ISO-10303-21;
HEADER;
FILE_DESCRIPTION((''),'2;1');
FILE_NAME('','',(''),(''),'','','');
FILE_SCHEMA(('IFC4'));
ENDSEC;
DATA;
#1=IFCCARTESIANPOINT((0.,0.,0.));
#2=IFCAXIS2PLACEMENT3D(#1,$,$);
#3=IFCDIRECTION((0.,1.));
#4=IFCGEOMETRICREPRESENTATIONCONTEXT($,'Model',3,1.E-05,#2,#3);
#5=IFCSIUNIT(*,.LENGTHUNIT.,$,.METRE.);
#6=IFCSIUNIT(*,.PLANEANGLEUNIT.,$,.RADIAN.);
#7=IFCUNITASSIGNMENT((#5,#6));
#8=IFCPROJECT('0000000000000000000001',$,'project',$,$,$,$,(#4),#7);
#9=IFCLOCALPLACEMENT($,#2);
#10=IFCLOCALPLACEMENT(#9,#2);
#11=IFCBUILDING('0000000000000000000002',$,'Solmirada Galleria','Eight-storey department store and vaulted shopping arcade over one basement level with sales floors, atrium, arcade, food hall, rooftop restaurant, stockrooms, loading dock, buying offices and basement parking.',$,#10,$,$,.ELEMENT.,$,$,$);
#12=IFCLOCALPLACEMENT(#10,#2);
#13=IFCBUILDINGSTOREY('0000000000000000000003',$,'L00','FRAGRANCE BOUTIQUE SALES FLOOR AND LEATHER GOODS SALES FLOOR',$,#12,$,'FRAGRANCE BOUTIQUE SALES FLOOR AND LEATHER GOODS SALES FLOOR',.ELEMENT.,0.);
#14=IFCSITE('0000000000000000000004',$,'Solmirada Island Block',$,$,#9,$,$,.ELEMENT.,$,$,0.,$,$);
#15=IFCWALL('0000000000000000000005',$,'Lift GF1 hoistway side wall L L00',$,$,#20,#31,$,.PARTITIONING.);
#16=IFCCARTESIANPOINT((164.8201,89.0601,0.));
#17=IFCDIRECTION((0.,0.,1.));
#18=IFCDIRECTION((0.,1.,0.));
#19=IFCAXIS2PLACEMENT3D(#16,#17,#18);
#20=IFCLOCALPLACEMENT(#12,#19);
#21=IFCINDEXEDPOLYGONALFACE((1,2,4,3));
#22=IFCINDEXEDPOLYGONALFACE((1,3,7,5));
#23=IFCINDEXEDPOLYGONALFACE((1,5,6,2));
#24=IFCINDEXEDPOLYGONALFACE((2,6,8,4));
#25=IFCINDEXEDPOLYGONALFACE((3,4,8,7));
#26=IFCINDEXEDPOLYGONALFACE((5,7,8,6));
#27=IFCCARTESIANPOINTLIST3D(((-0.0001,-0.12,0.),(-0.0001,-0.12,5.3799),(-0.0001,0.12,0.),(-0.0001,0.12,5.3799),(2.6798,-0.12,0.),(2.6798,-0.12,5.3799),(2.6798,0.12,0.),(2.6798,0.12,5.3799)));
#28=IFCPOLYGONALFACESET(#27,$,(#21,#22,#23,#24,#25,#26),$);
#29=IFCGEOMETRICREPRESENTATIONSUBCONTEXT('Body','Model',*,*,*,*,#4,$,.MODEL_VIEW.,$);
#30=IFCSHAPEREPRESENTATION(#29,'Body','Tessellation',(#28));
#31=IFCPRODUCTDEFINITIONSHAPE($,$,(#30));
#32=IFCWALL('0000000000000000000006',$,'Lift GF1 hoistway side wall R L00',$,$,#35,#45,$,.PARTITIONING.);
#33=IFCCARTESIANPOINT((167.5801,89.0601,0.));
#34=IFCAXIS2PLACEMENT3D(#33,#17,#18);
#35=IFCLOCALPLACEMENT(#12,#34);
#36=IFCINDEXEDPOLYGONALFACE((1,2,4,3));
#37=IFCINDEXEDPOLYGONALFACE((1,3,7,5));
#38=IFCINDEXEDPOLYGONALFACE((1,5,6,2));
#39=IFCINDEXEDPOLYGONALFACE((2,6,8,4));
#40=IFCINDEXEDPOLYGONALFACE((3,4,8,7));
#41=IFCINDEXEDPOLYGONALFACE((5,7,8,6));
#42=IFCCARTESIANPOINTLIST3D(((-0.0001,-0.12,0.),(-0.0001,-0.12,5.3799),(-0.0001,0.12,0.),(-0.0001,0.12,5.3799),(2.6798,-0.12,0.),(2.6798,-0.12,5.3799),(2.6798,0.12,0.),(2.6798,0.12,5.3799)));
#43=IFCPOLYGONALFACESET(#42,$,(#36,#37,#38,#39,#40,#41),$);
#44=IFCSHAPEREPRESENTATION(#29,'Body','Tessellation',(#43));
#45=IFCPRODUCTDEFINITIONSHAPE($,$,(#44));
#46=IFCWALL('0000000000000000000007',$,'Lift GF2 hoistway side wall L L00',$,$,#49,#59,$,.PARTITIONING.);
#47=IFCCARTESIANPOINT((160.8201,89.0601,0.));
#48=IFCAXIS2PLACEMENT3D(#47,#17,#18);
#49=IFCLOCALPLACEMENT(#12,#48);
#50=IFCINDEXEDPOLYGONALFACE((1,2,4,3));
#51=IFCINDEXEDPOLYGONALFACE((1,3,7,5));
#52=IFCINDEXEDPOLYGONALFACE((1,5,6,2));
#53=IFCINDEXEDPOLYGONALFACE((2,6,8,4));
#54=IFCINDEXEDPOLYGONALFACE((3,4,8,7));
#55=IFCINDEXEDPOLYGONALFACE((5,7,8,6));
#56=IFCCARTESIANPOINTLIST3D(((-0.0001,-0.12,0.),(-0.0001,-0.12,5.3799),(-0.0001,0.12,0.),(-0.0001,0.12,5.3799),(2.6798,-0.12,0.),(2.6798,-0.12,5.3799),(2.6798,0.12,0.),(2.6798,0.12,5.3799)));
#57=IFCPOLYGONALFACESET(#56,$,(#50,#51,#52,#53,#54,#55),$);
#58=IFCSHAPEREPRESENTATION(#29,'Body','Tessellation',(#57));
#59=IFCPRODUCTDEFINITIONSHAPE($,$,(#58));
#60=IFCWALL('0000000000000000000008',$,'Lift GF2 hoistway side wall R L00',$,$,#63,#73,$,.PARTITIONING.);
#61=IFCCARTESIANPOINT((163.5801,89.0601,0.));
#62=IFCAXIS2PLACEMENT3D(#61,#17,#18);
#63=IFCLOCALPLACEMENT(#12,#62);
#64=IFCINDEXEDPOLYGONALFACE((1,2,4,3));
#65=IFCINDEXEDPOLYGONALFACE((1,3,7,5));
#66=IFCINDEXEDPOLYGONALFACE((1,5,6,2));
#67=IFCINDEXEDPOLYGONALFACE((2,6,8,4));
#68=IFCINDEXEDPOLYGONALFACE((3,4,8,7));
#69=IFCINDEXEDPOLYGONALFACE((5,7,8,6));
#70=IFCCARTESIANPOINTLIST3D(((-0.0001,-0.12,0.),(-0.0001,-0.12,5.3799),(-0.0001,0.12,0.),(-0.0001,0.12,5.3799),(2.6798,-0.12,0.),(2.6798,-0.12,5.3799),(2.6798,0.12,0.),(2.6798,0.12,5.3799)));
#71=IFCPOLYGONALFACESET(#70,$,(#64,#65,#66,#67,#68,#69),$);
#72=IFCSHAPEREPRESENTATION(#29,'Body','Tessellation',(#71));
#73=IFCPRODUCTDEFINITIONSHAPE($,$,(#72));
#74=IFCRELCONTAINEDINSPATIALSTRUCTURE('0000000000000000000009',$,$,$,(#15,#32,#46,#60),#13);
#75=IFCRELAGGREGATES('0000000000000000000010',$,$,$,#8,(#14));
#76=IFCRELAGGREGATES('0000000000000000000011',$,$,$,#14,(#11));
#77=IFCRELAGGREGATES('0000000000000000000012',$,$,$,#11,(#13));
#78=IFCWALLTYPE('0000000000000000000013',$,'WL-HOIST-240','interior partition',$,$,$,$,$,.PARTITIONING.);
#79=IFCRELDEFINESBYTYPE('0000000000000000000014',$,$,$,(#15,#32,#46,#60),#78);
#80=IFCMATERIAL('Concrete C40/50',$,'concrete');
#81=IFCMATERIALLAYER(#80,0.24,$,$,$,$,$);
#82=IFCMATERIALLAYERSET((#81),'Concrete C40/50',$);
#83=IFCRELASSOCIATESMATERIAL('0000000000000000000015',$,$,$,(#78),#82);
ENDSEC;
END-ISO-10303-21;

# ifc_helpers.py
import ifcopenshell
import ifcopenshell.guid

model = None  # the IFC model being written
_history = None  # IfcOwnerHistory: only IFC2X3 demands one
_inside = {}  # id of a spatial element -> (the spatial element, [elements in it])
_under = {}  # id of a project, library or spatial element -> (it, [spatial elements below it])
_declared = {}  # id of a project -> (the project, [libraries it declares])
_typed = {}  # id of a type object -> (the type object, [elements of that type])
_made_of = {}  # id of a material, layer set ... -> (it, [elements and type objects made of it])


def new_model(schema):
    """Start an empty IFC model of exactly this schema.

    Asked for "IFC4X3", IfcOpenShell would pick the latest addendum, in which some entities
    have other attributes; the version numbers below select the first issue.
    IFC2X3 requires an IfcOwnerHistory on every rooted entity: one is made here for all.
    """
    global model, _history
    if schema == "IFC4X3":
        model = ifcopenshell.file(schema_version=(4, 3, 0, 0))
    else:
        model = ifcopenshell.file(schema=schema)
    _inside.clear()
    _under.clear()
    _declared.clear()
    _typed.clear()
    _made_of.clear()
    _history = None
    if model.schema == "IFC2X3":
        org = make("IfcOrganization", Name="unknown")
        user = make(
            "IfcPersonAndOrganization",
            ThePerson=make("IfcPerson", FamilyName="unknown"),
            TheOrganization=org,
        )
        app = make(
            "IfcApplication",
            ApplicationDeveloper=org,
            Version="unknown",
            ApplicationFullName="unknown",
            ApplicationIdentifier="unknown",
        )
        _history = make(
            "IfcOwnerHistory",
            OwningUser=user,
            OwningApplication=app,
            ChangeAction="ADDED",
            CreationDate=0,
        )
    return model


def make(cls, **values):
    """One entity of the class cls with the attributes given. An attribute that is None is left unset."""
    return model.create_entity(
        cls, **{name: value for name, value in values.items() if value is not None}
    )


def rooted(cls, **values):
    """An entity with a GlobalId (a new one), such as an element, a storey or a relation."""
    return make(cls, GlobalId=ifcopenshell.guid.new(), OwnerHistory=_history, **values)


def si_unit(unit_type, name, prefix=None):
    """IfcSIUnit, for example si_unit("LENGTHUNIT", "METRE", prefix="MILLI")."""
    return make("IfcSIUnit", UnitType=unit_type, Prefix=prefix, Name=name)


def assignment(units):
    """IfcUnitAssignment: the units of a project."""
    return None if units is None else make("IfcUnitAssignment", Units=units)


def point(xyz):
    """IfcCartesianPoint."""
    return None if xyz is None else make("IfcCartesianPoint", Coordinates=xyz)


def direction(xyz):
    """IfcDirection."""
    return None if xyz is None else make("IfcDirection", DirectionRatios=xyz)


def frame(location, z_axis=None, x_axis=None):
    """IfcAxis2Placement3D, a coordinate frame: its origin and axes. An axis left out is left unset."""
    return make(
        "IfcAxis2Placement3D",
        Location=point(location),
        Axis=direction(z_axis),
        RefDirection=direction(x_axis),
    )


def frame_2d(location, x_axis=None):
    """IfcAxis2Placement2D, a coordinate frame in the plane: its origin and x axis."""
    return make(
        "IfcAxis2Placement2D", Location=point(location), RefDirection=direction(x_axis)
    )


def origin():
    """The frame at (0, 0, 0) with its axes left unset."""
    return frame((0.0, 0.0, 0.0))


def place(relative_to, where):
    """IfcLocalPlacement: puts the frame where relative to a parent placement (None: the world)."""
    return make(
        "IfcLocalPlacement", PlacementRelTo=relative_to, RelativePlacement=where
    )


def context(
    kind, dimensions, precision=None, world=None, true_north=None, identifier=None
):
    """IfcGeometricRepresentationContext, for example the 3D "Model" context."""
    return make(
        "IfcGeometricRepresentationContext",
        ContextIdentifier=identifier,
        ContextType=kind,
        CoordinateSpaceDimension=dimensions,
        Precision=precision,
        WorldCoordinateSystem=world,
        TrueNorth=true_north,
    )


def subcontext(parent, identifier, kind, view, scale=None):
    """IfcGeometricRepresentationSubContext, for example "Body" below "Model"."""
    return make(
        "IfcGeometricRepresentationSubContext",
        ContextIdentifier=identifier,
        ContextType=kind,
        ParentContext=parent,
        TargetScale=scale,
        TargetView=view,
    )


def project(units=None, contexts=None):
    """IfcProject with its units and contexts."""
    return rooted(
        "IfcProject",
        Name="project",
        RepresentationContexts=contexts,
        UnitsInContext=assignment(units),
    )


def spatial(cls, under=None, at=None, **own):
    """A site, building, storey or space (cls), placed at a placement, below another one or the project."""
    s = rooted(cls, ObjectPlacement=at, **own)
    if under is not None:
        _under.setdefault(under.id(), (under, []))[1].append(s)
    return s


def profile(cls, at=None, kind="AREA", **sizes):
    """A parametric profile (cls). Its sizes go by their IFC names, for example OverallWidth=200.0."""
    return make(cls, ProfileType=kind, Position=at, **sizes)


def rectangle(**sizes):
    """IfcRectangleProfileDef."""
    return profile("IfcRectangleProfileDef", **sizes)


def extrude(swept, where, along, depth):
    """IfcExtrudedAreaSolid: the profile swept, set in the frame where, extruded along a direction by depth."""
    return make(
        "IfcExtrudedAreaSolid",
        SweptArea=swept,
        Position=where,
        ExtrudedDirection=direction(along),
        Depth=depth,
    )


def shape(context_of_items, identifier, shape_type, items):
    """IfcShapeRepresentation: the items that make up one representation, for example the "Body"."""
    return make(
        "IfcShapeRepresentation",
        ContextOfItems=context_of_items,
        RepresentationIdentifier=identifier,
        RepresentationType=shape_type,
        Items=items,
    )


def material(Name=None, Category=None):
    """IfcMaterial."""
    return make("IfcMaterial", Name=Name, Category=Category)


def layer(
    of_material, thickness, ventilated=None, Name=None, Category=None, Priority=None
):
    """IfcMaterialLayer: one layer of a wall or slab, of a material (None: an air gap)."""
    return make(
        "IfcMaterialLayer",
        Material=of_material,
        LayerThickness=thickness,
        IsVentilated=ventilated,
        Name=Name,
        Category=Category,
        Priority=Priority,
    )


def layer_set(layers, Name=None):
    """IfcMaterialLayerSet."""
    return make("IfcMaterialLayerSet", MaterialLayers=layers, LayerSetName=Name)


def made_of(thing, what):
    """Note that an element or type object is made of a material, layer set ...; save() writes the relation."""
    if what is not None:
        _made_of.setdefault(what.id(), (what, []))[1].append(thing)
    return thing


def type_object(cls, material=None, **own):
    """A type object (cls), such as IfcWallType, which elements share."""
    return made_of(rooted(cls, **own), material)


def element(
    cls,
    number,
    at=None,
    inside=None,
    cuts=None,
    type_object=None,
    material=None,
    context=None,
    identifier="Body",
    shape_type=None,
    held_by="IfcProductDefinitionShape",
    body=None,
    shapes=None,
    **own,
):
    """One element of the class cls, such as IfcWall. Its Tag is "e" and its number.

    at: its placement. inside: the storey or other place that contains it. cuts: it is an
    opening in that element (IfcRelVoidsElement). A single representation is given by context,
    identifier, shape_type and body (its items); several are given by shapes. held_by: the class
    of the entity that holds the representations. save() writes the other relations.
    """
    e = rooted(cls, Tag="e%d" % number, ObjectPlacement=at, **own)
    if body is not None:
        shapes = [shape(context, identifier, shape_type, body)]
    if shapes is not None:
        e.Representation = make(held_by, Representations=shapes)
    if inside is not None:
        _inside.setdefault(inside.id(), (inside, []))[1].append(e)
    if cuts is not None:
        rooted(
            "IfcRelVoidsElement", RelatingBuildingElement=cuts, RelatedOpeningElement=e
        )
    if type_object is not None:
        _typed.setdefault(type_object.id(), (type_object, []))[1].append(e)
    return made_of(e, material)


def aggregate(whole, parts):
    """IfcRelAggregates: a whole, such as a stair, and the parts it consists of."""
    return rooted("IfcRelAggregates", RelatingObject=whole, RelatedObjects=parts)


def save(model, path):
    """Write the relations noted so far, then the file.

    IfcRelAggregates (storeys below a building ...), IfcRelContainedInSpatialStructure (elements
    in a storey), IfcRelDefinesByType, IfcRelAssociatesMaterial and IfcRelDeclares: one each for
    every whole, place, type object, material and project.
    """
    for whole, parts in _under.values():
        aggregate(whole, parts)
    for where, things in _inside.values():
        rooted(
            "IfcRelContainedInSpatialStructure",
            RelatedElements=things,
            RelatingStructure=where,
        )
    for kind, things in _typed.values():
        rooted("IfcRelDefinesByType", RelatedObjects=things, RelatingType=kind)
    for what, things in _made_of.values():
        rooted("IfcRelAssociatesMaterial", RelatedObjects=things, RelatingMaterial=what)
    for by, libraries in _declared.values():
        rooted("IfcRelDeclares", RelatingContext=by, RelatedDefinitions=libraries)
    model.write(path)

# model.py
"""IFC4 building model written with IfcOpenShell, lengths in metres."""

from ifc_helpers import new_model, si_unit, direction, frame, frame_2d, origin, place, context, subcontext, project, spatial, rectangle, extrude, material, layer, layer_set, type_object, element, save


model = new_model("IFC4")

# Units and contexts
model_context = context("Model", 3, precision=1e-05, world=origin(), true_north=direction((0.0, 1.0)))
body_context = subcontext(model_context, "Body", "Model", "MODEL_VIEW")
ifc_project = project(units=[si_unit("LENGTHUNIT", "METRE"), si_unit("PLANEANGLEUNIT", "RADIAN")], contexts=[model_context])

# Site, building, storey
site_placement = place(None, origin())
site = spatial("IfcSite", under=ifc_project, at=site_placement, Name="Solmirada Island Block", CompositionType="ELEMENT", RefElevation=0.0)
building_placement = place(site_placement, origin())
building = spatial("IfcBuilding", under=site, at=building_placement, Name="Solmirada Galleria", Description="Eight-storey department store and vaulted shopping arcade over one basement level with sales floors, atrium, arcade, food hall, rooftop restaurant, stockrooms, loading dock, buying offices and basement parking.", CompositionType="ELEMENT")
storey_placement = place(building_placement, origin())
storey = spatial("IfcBuildingStorey", under=building, at=storey_placement, Name="L00", Description="FRAGRANCE BOUTIQUE SALES FLOOR AND LEATHER GOODS SALES FLOOR", LongName="FRAGRANCE BOUTIQUE SALES FLOOR AND LEATHER GOODS SALES FLOOR", CompositionType="ELEMENT", Elevation=0.0)

# Shared definitions
ifc_material_1 = material(Name="Concrete C40/50", Category="concrete")

# Shared definitions
ifc_layer_1 = layer(ifc_material_1, 0.24)
ifc_layer_set_1 = layer_set([ifc_layer_1], Name="Concrete C40/50")
wall_type_1 = type_object("IfcWallType", Name="WL-HOIST-240", Description="interior partition", PredefinedType="PARTITIONING", material=ifc_layer_set_1)

# Walls
for number, where, z_axis, x_axis, name in (
    (1, (164.8201, 89.0601, 0.0), (0.0, 0.0, 1.0), (0.0, 1.0, 0.0), "Lift GF1 hoistway side wall L L00"),
    (2, (167.5801, 89.0601, 0.0), (0.0, 0.0, 1.0), (0.0, 1.0, 0.0), "Lift GF1 hoistway side wall R L00"),
):
    element("IfcWall", number, at=place(storey_placement, frame(where, z_axis=z_axis, x_axis=x_axis)), inside=storey, type_object=wall_type_1, Name=name, PredefinedType="PARTITIONING", context=body_context, shape_type="SweptSolid", body=[
        extrude(rectangle(XDim=2.6799, YDim=0.24, at=frame_2d((1.3398, 0.0))), origin(), (0.0, 0.0, 1.0), 5.3799),
    ])

# Walls
for number, where, z_axis, x_axis, name in (
    (3, (160.8201, 89.0601, 0.0), (0.0, 0.0, 1.0), (0.0, 1.0, 0.0), "Lift GF2 hoistway side wall L L00"),
    (4, (163.5801, 89.0601, 0.0), (0.0, 0.0, 1.0), (0.0, 1.0, 0.0), "Lift GF2 hoistway side wall R L00"),
):
    element("IfcWall", number, at=place(storey_placement, frame(where, z_axis=z_axis, x_axis=x_axis)), inside=storey, type_object=wall_type_1, Name=name, PredefinedType="PARTITIONING", context=body_context, shape_type="SweptSolid", body=[
        extrude(rectangle(XDim=2.6799, YDim=0.24, at=frame_2d((1.3398, 0.0))), origin(), (0.0, 0.0, 1.0), 5.3799),
    ])

save(model, "model.ifc")
